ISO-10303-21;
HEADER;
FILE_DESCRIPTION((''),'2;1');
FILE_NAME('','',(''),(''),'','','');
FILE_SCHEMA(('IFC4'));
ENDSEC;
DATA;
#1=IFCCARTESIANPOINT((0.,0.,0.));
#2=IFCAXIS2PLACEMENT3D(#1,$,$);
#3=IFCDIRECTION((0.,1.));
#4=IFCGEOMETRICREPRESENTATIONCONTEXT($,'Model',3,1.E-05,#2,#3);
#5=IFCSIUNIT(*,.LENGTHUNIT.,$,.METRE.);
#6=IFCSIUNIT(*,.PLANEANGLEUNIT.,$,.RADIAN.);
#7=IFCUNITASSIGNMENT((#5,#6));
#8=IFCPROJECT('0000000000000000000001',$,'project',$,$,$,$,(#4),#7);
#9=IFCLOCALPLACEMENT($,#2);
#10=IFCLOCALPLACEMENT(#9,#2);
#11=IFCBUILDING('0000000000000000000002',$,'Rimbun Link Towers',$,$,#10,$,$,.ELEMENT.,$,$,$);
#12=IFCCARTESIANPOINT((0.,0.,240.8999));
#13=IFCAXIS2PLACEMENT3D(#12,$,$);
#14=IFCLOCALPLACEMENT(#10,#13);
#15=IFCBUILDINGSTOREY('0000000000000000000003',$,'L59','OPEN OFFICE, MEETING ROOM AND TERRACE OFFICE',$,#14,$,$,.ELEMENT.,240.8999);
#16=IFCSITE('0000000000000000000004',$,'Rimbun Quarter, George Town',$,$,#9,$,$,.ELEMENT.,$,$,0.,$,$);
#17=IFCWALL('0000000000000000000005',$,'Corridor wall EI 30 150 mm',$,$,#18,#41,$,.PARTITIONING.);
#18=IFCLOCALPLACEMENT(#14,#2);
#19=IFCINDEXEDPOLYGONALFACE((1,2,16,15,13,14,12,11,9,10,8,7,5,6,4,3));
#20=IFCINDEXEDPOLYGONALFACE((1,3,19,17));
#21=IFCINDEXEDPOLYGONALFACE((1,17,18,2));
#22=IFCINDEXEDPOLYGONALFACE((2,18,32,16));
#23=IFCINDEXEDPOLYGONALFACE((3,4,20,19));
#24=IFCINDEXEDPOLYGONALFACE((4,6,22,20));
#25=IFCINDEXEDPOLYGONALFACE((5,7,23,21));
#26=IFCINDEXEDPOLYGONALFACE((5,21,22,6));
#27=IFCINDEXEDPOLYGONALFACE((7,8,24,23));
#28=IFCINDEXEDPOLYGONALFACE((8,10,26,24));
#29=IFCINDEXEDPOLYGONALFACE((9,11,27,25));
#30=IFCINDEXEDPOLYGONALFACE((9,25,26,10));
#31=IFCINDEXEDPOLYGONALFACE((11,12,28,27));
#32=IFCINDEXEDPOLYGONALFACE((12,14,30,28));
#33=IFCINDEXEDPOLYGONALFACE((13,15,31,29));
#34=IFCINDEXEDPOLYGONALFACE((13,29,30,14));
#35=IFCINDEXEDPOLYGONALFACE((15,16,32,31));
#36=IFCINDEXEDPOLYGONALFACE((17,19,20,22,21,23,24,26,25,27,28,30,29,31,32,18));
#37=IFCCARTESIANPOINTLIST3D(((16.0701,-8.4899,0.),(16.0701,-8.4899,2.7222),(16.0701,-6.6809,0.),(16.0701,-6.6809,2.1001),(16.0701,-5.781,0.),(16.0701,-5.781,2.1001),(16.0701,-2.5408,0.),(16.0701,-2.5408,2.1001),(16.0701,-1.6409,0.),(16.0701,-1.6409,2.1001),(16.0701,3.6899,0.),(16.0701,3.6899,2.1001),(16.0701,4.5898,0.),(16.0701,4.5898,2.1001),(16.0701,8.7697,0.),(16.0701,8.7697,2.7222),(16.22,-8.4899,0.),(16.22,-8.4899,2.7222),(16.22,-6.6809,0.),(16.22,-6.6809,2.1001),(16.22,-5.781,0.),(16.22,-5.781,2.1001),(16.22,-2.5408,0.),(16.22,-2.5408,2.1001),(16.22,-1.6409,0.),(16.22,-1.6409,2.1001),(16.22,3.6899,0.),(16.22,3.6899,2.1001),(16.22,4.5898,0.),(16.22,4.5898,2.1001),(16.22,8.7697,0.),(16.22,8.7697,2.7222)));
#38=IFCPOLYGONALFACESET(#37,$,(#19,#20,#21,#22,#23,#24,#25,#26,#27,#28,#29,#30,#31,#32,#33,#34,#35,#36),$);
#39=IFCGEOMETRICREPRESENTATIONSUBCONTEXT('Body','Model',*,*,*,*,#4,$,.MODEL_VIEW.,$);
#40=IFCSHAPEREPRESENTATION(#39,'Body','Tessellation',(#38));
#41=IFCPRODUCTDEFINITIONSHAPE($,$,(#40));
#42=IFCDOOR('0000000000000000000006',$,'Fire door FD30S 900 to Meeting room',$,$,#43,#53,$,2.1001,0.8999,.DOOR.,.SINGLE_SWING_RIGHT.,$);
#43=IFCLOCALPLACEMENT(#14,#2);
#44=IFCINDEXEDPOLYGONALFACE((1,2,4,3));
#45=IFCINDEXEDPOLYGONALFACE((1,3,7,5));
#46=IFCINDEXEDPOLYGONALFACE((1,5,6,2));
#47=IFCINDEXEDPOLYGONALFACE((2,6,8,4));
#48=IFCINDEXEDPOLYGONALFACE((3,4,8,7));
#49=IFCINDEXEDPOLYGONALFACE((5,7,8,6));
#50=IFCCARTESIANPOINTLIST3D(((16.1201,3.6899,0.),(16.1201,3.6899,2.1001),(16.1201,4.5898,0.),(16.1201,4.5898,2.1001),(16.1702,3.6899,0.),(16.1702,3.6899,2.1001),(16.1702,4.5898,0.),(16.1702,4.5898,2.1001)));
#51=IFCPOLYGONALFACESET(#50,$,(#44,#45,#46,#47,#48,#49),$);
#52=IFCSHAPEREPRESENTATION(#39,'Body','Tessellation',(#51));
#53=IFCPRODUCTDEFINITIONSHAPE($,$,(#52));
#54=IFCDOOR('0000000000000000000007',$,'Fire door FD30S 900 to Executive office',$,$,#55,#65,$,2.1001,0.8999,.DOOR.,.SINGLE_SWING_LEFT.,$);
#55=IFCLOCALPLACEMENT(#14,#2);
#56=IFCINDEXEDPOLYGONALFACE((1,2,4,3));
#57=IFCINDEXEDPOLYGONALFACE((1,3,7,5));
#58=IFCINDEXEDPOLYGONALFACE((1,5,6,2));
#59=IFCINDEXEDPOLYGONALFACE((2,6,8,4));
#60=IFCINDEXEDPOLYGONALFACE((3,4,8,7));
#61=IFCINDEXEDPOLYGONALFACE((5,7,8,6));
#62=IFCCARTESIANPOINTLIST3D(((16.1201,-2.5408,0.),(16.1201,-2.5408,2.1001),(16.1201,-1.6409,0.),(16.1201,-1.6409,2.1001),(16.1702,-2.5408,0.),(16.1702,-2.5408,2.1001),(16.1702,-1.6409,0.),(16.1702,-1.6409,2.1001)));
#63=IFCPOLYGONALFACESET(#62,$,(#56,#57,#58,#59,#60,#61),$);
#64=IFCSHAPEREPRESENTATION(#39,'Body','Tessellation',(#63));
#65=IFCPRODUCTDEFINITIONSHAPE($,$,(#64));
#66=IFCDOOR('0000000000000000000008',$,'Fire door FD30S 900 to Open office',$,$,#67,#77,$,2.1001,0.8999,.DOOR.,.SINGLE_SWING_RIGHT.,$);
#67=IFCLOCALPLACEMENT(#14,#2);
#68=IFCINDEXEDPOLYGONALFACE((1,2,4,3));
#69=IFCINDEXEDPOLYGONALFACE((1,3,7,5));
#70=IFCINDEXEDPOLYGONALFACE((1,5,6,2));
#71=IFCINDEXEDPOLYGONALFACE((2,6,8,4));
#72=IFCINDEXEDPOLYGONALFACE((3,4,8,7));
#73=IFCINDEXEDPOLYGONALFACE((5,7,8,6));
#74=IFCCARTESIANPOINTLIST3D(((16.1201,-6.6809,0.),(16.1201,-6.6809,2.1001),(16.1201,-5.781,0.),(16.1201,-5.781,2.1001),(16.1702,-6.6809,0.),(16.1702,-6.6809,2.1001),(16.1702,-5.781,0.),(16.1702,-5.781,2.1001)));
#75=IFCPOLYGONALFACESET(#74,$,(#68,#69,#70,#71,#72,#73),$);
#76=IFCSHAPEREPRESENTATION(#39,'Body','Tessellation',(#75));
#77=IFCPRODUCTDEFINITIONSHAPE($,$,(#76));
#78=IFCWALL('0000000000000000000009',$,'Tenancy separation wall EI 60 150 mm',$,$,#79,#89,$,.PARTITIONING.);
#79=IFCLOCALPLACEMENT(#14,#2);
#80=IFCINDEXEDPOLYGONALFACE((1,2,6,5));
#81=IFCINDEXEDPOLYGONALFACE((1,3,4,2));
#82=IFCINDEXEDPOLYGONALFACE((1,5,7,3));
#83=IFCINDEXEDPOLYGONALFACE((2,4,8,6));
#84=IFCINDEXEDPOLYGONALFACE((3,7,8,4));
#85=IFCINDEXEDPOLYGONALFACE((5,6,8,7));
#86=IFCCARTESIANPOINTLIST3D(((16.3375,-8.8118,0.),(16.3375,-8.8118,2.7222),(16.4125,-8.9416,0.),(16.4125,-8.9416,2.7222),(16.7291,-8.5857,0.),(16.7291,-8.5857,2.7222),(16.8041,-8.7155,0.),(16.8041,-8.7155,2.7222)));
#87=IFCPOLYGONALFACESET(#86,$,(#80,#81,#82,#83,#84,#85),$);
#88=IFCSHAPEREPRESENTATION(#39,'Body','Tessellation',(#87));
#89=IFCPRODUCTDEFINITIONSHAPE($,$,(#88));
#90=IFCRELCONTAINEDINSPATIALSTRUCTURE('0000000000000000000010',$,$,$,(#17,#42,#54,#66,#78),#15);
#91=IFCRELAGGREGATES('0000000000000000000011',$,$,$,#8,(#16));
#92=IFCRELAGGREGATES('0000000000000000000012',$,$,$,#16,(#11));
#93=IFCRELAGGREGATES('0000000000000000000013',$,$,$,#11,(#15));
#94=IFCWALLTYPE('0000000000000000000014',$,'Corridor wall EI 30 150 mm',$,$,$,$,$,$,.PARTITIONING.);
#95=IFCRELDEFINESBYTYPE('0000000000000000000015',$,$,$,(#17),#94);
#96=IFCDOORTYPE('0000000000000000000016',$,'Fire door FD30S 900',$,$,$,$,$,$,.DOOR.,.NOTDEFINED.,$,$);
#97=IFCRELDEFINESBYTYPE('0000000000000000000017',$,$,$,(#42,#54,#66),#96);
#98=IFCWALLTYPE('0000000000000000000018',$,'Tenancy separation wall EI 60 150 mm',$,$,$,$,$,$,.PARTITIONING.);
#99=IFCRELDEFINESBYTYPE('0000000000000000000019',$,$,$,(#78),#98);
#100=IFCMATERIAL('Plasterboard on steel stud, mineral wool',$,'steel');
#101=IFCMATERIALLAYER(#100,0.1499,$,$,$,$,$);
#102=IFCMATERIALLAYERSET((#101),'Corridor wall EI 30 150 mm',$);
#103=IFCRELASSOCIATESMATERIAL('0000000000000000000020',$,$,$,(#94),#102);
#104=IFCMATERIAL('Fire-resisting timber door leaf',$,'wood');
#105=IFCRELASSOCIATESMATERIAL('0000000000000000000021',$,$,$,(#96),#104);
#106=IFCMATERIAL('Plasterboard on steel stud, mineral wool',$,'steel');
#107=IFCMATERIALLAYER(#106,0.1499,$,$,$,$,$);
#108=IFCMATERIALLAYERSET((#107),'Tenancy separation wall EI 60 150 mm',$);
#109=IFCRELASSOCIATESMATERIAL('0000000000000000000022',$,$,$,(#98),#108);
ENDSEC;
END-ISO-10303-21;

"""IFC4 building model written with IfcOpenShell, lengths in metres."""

from ifc_helpers import new_model, si_unit, direction, frame, frame_2d, origin, place, context, subcontext, project, spatial, rectangle, extrude, material, layer, layer_set, type_object, element, fill, save


model = new_model("IFC4")

# Units and contexts
model_context = context("Model", 3, precision=1e-05, world=origin(), true_north=direction((0.0, 1.0)))
body_context = subcontext(model_context, "Body", "Model", "MODEL_VIEW")
ifc_project = project(units=[si_unit("LENGTHUNIT", "METRE"), si_unit("PLANEANGLEUNIT", "RADIAN")], contexts=[model_context])

# Site, building, storey
site_placement = place(None, origin())
site = spatial("IfcSite", under=ifc_project, at=site_placement, Name="Rimbun Quarter, George Town", CompositionType="ELEMENT", RefElevation=0.0)
building_placement = place(site_placement, origin())
building = spatial("IfcBuilding", under=site, at=building_placement, Name="Rimbun Link Towers", CompositionType="ELEMENT")
storey_placement = place(building_placement, frame((0.0, 0.0, 240.8999)))
storey = spatial("IfcBuildingStorey", under=building, at=storey_placement, Name="L59", Description="OPEN OFFICE, MEETING ROOM AND TERRACE OFFICE", CompositionType="ELEMENT", Elevation=240.8999)

# Shared definitions
ifc_material_1 = material(Name="Plasterboard on steel stud, mineral wool", Category="steel")
ifc_layer_1 = layer(ifc_material_1, 0.1499)
ifc_layer_set_1 = layer_set([ifc_layer_1], Name="Corridor wall EI 30 150 mm")
wall_type_1 = type_object("IfcWallType", Name="Corridor wall EI 30 150 mm", PredefinedType="PARTITIONING", material=ifc_layer_set_1)

# Wall, openings, doors
wall_1_placement = place(storey_placement, frame((16.145, -8.49, 0.0), z_axis=(0.0, 0.0, 1.0), x_axis=(0.0, 1.0, 0.0)))
wall_1 = element("IfcWall", 1, at=wall_1_placement, inside=storey, type_object=wall_type_1, Name="Corridor wall EI 30 150 mm", PredefinedType="PARTITIONING", context=body_context, shape_type="SweptSolid", body=[
    extrude(rectangle(XDim=17.2595, YDim=0.1499, at=frame_2d((8.6299, 0.0))), origin(), (0.0, 0.0, 1.0), 2.7222),
])
opening_1_placement = place(wall_1_placement, frame((12.1799, 0.0, 0.0)))
opening_1 = element("IfcOpeningElement", 2, at=opening_1_placement, cuts=wall_1, PredefinedType="OPENING", context=body_context, shape_type="SweptSolid", body=[
    extrude(rectangle(XDim=0.8999, YDim=2.1001, at=frame_2d((0.45, 1.05))), frame((0.0, 0.085, 0.0), z_axis=(0.0, -1.0, 0.0), x_axis=(1.0, 0.0, 0.0)), (0.0, 0.0, 1.0), 0.1699),
])
opening_2_placement = place(wall_1_placement, frame((5.9492, 0.0, 0.0)))
opening_2 = element("IfcOpeningElement", 3, at=opening_2_placement, cuts=wall_1, PredefinedType="OPENING", context=body_context, shape_type="SweptSolid", body=[
    extrude(rectangle(XDim=0.8999, YDim=2.1001, at=frame_2d((0.45, 1.05))), frame((0.0, 0.085, 0.0), z_axis=(0.0, -1.0, 0.0), x_axis=(1.0, 0.0, 0.0)), (0.0, 0.0, 1.0), 0.1699),
])
opening_3_placement = place(wall_1_placement, frame((1.8091, 0.0, 0.0)))
opening_3 = element("IfcOpeningElement", 4, at=opening_3_placement, cuts=wall_1, PredefinedType="OPENING", context=body_context, shape_type="SweptSolid", body=[
    extrude(rectangle(XDim=0.8999, YDim=2.1001, at=frame_2d((0.45, 1.05))), frame((0.0, 0.085, 0.0), z_axis=(0.0, -1.0, 0.0), x_axis=(1.0, 0.0, 0.0)), (0.0, 0.0, 1.0), 0.1699),
])
ifc_material_2 = material(Name="Fire-resisting timber door leaf", Category="wood")
door_type = type_object("IfcDoorType", Name="Fire door FD30S 900", OperationType="NOTDEFINED", PredefinedType="DOOR", material=ifc_material_2)
door_1_placement = place(opening_1_placement, origin())
door_1 = element("IfcDoor", 5, at=door_1_placement, inside=storey, type_object=door_type, Name="Fire door FD30S 900 to Meeting room", OperationType="SINGLE_SWING_RIGHT", OverallHeight=2.1001, OverallWidth=0.8999, PredefinedType="DOOR", context=body_context, shape_type="SweptSolid", body=[
    extrude(rectangle(XDim=0.8999, YDim=2.1001, at=frame_2d((0.45, 1.05))), frame((0.0, 0.0249, 0.0), z_axis=(0.0, -1.0, 0.0), x_axis=(1.0, 0.0, 0.0)), (0.0, 0.0, 1.0), 0.05),
])
fill(opening_1, door_1)
door_2_placement = place(opening_2_placement, origin())
door_2 = element("IfcDoor", 6, at=door_2_placement, inside=storey, type_object=door_type, Name="Fire door FD30S 900 to Executive office", OperationType="SINGLE_SWING_LEFT", OverallHeight=2.1001, OverallWidth=0.8999, PredefinedType="DOOR", context=body_context, shape_type="SweptSolid", body=[
    extrude(rectangle(XDim=0.8999, YDim=2.1001, at=frame_2d((0.45, 1.05))), frame((0.0, 0.0249, 0.0), z_axis=(0.0, -1.0, 0.0), x_axis=(1.0, 0.0, 0.0)), (0.0, 0.0, 1.0), 0.05),
])
fill(opening_2, door_2)
door_3_placement = place(opening_3_placement, origin())
door_3 = element("IfcDoor", 7, at=door_3_placement, inside=storey, type_object=door_type, Name="Fire door FD30S 900 to Open office", OperationType="SINGLE_SWING_RIGHT", OverallHeight=2.1001, OverallWidth=0.8999, PredefinedType="DOOR", context=body_context, shape_type="SweptSolid", body=[
    extrude(rectangle(XDim=0.8999, YDim=2.1001, at=frame_2d((0.45, 1.05))), frame((0.0, 0.0249, 0.0), z_axis=(0.0, -1.0, 0.0), x_axis=(1.0, 0.0, 0.0)), (0.0, 0.0, 1.0), 0.05),
])
fill(opening_3, door_3)

# Wall
ifc_material_3 = material(Name="Plasterboard on steel stud, mineral wool", Category="steel")
ifc_layer_2 = layer(ifc_material_3, 0.1499)
ifc_layer_set_2 = layer_set([ifc_layer_2], Name="Tenancy separation wall EI 60 150 mm")
wall_type_2 = type_object("IfcWallType", Name="Tenancy separation wall EI 60 150 mm", PredefinedType="PARTITIONING", material=ifc_layer_set_2)
wall_2_placement = place(storey_placement, frame((16.7666, -8.6506, 0.0), z_axis=(0.0, 0.0, 1.0), x_axis=(-0.866042, -0.499972, 0.0)))
element("IfcWall", 8, at=wall_2_placement, inside=storey, type_object=wall_type_2, Name="Tenancy separation wall EI 60 150 mm", PredefinedType="PARTITIONING", context=body_context, shape_type="SweptSolid", body=[
    extrude(rectangle(XDim=0.4521, YDim=0.1499, at=frame_2d((0.2261, 0.0))), origin(), (0.0, 0.0, 1.0), 2.7222),
])

save(model, "model.ifc")
